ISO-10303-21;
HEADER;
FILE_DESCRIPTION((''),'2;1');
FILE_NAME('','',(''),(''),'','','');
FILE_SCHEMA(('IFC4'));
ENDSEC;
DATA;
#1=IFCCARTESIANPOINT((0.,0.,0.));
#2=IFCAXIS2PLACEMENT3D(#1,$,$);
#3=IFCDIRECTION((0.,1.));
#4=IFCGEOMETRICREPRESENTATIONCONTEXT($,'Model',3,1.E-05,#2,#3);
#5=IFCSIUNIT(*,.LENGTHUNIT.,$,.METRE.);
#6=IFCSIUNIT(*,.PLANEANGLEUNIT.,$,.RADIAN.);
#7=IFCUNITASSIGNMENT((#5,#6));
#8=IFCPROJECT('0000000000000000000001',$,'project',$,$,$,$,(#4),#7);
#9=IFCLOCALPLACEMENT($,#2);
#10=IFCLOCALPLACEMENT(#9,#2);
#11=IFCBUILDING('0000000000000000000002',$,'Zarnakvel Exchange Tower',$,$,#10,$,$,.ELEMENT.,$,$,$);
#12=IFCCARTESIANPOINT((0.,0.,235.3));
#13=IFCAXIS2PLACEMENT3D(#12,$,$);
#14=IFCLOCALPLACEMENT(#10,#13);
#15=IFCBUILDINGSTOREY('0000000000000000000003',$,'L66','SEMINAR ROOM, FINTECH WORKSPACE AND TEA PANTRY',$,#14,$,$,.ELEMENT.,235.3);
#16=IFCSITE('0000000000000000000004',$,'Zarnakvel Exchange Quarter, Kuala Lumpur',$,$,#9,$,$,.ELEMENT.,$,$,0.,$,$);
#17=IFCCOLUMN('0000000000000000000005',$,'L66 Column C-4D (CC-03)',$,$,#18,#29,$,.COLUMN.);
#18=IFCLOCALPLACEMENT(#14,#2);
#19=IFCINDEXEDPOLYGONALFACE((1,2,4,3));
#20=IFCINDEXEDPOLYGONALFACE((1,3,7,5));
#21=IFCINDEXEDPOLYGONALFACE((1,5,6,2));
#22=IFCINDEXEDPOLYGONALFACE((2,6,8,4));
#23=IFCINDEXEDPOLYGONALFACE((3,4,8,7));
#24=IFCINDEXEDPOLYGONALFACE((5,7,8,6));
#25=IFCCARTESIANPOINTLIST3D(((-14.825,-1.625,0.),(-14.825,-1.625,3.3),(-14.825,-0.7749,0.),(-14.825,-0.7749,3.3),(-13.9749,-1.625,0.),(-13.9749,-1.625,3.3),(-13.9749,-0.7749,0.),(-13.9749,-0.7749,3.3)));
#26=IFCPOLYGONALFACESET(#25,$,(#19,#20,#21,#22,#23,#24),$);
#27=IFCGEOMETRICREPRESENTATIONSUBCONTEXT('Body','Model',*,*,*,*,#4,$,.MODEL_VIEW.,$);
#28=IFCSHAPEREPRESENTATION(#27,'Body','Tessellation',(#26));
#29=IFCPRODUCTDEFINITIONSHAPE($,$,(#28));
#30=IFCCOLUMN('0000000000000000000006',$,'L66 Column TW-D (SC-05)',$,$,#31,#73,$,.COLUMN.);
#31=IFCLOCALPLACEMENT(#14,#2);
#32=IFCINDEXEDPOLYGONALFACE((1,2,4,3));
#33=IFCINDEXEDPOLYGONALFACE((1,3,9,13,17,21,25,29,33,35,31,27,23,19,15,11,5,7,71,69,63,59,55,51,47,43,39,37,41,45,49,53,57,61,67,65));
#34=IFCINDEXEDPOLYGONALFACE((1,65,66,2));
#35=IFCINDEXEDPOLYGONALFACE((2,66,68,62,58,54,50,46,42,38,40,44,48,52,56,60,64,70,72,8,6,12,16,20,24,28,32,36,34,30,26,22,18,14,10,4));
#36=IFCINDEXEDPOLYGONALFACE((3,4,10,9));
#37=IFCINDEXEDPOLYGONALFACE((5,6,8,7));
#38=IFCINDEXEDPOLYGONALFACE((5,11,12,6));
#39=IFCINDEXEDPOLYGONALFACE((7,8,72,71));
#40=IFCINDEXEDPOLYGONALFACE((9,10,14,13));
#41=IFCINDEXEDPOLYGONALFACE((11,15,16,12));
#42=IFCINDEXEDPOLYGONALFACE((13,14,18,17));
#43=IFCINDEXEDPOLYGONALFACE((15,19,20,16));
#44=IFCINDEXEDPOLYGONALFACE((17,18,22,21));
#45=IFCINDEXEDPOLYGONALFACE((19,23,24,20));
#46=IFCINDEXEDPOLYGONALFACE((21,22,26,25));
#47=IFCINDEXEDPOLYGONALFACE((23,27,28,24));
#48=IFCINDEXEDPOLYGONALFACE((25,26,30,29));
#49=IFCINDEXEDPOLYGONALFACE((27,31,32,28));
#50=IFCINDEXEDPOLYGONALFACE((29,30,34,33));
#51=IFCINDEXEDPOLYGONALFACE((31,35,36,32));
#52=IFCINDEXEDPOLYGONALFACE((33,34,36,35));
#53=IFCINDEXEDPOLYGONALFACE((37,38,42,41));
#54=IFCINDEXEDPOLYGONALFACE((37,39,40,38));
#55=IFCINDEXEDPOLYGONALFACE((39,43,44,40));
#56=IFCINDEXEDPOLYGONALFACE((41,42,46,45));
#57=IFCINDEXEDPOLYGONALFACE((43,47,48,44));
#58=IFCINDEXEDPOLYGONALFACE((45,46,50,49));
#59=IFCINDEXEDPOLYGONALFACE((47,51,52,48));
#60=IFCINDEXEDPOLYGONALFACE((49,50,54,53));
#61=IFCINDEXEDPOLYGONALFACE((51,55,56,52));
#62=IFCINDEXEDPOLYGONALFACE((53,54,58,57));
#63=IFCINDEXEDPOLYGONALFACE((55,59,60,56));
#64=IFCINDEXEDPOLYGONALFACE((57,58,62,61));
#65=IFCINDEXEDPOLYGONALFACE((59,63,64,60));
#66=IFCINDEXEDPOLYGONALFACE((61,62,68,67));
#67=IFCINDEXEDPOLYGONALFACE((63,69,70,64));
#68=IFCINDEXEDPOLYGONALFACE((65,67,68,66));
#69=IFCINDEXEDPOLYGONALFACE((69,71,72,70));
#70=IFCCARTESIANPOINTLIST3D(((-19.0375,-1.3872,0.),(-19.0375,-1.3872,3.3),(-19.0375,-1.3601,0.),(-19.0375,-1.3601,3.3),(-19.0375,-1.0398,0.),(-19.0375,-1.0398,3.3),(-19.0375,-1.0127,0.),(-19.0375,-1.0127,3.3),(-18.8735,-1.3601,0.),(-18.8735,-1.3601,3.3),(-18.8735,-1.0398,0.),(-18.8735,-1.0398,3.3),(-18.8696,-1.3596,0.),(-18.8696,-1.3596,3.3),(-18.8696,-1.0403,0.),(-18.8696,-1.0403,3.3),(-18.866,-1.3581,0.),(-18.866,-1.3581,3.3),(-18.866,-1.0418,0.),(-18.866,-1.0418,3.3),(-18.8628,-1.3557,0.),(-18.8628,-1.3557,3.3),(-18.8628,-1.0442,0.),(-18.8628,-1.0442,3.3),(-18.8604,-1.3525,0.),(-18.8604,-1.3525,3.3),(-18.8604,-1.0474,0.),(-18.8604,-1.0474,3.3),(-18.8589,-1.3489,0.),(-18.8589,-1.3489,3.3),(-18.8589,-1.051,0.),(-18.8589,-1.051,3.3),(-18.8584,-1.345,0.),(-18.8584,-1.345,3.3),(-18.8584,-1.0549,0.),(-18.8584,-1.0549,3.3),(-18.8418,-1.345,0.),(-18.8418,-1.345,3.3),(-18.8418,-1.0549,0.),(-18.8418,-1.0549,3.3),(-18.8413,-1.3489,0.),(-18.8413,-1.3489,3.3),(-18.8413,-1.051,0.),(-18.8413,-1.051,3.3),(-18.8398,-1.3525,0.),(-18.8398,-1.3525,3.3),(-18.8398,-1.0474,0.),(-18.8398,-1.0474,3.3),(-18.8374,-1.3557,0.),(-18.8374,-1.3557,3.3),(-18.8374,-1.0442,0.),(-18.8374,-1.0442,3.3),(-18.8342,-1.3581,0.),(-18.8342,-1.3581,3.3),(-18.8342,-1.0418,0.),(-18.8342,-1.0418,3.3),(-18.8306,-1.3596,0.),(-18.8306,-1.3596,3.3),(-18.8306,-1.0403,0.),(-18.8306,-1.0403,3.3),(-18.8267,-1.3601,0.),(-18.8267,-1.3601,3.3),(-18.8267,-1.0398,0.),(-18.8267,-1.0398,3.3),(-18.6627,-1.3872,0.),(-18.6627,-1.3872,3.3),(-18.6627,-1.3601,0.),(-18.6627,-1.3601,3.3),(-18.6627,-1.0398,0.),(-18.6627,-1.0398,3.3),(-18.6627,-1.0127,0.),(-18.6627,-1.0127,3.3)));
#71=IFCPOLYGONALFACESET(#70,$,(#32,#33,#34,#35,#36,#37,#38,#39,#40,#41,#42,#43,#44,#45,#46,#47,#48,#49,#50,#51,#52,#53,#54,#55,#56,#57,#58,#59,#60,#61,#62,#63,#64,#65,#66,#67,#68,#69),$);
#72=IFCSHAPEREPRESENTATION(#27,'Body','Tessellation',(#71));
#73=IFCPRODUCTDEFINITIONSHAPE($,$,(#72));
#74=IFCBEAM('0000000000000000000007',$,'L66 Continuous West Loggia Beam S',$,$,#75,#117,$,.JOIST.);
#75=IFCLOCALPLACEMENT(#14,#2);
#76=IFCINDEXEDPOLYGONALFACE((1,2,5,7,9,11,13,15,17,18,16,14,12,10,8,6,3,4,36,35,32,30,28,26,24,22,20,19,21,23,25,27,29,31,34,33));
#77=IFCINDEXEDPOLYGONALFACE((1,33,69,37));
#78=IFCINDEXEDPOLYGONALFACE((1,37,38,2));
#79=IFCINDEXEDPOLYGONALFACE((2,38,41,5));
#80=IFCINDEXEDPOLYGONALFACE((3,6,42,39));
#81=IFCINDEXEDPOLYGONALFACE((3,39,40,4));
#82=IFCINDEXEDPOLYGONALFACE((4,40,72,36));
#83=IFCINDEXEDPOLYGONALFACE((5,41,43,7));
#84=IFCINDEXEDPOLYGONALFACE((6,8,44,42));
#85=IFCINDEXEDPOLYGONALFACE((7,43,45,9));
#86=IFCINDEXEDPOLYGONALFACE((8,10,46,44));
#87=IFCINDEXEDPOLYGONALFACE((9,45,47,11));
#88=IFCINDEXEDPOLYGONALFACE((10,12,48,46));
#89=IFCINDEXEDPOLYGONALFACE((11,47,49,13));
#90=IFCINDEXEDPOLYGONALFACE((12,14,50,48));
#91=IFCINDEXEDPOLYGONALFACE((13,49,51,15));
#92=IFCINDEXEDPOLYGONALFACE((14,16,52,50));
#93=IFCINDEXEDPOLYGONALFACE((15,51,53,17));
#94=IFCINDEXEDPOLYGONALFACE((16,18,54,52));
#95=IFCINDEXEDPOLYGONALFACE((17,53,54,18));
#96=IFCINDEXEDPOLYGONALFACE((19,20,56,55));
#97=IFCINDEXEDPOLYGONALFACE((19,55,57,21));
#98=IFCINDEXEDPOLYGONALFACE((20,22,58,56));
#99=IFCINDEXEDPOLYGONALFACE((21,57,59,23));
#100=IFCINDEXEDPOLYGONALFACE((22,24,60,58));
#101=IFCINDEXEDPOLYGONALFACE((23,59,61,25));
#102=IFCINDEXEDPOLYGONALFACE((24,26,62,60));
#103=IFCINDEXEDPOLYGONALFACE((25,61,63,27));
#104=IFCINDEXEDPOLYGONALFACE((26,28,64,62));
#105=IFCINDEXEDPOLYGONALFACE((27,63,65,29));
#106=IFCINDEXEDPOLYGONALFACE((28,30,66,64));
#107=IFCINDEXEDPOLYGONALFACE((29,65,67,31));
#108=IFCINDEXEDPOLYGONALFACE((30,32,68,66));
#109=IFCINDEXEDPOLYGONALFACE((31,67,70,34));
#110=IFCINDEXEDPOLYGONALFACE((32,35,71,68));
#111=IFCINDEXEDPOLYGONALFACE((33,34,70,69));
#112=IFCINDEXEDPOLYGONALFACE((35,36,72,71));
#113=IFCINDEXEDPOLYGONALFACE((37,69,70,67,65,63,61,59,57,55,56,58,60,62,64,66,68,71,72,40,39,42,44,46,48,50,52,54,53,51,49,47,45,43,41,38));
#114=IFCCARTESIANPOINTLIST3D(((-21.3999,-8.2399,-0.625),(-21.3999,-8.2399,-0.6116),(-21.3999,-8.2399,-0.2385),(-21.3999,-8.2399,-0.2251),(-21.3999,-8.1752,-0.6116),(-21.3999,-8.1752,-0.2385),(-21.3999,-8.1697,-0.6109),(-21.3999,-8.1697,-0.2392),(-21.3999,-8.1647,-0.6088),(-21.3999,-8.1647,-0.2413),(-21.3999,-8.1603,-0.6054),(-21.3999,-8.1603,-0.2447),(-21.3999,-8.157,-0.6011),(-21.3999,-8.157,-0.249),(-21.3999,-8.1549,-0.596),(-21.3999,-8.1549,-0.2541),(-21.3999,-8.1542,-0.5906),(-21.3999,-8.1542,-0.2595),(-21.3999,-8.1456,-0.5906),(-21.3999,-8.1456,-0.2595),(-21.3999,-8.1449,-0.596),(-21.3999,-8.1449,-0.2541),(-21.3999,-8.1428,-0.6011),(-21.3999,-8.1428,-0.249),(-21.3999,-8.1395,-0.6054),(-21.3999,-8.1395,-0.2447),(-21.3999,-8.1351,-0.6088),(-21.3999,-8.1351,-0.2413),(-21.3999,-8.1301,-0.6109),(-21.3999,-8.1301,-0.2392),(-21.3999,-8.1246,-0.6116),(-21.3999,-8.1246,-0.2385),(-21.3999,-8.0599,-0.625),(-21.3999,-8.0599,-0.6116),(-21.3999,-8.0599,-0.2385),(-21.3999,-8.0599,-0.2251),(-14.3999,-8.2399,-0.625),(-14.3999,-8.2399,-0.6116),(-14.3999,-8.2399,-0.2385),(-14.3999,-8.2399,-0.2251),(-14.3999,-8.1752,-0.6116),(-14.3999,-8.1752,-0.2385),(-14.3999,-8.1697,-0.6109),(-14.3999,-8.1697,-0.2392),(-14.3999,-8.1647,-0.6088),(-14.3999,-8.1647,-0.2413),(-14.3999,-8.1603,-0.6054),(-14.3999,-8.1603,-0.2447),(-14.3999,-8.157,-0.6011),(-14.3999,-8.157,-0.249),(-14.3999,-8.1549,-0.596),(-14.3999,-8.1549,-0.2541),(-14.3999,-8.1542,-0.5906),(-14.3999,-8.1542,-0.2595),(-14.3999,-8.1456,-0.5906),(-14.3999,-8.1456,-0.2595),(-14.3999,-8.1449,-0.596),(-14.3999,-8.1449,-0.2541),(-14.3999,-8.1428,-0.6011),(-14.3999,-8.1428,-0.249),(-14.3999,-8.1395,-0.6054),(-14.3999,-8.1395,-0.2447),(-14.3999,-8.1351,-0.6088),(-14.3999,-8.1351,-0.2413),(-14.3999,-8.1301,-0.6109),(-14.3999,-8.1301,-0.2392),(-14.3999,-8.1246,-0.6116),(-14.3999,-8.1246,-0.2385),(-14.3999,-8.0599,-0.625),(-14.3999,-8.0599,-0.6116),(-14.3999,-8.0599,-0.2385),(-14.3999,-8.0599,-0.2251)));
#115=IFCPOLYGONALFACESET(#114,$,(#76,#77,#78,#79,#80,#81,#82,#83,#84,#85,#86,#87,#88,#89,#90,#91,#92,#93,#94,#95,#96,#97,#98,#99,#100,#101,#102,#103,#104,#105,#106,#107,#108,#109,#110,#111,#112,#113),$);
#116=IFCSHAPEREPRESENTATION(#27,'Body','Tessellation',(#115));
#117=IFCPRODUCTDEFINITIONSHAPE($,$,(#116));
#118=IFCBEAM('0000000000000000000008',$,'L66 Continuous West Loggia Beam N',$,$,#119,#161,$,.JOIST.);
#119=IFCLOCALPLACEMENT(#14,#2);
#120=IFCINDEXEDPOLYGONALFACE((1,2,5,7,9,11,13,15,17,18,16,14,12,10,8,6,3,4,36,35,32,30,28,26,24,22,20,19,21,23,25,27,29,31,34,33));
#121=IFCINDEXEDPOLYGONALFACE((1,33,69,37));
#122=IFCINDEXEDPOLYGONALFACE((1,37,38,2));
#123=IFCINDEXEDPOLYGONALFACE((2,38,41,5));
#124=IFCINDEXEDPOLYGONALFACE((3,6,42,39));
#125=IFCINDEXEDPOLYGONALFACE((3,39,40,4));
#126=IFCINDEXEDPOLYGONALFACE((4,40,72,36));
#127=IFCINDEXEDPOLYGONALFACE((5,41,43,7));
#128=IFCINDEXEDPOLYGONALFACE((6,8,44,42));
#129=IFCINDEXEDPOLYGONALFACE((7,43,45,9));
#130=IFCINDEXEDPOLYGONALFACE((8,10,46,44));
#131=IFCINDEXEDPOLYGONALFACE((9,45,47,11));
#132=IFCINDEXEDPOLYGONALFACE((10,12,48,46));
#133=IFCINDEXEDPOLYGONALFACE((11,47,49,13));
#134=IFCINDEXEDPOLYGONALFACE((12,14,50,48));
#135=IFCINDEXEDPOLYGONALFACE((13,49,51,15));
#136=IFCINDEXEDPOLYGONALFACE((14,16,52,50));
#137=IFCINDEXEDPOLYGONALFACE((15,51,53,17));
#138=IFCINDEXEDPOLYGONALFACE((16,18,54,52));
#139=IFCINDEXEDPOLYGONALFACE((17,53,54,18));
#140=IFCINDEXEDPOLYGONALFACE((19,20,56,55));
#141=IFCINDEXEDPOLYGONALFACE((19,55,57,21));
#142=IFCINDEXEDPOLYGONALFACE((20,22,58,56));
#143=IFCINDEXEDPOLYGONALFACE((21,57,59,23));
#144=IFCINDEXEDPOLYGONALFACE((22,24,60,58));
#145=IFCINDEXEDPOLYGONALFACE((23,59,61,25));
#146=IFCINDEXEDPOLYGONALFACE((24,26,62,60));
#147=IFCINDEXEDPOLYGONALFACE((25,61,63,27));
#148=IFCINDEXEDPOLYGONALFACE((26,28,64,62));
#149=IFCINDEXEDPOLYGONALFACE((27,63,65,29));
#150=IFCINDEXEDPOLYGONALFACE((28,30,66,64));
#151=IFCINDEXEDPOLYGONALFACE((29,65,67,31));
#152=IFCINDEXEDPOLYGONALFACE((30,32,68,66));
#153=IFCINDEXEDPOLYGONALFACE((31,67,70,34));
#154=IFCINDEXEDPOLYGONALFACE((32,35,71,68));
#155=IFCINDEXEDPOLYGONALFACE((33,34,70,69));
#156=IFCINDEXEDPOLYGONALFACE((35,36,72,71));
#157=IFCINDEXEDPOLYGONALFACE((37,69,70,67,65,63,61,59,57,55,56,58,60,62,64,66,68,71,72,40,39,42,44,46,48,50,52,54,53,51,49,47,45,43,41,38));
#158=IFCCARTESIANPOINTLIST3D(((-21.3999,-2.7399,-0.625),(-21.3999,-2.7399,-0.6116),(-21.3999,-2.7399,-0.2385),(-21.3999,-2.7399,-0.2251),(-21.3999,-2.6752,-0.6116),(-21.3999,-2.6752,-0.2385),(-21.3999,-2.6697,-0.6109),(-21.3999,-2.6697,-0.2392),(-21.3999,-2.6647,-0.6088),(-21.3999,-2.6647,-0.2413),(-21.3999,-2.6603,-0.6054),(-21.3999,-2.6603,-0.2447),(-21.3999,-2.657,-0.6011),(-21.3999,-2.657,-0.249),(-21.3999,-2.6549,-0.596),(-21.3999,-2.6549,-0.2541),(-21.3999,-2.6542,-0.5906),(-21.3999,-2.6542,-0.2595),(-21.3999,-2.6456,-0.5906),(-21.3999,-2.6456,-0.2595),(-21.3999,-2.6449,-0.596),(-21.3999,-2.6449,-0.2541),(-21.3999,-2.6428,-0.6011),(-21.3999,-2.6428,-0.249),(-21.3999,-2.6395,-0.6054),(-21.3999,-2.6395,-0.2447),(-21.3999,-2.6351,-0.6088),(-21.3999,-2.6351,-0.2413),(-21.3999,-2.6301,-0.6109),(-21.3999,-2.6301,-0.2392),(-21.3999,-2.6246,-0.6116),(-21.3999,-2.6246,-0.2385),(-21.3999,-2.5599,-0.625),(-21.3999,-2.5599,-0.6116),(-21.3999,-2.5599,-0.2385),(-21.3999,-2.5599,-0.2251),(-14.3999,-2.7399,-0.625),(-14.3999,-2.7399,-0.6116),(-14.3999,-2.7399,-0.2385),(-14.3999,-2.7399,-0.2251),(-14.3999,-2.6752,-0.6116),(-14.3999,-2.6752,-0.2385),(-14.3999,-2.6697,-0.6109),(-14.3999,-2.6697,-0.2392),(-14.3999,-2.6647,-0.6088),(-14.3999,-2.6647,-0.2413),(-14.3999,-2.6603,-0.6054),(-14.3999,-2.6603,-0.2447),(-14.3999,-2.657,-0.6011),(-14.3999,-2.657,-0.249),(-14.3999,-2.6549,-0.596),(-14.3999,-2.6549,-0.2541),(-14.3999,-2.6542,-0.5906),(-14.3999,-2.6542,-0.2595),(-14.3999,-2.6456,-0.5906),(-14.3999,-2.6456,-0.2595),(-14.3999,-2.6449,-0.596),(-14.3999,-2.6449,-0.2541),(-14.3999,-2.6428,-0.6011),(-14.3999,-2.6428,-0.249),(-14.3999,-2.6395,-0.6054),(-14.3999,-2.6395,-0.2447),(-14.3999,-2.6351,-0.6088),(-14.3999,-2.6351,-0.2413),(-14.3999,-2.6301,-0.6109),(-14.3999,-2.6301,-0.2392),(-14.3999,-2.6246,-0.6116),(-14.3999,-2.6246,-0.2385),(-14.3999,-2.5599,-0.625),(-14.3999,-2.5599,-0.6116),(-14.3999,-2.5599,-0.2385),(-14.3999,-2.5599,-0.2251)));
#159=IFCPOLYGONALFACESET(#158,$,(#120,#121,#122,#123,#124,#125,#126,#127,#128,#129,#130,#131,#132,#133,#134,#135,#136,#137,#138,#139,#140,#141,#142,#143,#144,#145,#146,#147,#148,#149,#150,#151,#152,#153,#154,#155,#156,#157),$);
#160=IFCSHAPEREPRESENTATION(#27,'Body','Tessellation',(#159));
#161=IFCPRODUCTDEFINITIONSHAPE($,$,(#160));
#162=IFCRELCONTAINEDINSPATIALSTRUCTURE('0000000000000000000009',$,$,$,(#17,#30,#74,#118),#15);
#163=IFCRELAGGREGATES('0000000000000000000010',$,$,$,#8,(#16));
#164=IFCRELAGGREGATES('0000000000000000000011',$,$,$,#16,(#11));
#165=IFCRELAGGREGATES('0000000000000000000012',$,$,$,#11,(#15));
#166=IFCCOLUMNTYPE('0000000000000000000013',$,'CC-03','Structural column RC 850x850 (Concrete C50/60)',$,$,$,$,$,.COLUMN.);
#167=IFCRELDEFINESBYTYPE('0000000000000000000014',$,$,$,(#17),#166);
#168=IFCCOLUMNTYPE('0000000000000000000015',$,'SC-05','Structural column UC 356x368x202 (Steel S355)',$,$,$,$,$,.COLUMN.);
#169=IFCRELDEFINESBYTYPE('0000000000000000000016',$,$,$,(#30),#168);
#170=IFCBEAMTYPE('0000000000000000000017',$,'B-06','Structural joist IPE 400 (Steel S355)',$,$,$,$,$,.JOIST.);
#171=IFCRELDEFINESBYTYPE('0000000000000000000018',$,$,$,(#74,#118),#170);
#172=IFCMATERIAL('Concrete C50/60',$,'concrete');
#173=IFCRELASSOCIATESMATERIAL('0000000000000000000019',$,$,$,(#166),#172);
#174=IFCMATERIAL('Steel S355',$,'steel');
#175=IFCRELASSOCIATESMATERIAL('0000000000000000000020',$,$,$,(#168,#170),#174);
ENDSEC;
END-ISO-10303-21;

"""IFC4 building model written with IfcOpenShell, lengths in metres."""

from ifc_helpers import new_model, si_unit, direction, frame, origin, origin_2d, place, context, subcontext, project, spatial, rectangle, i_section, extrude, material, material_profile, profile_set, type_object, element, save


model = new_model("IFC4")

# Units and contexts
model_context = context("Model", 3, precision=1e-05, world=origin(), true_north=direction((0.0, 1.0)))
body_context = subcontext(model_context, "Body", "Model", "MODEL_VIEW")
ifc_project = project(units=[si_unit("LENGTHUNIT", "METRE"), si_unit("PLANEANGLEUNIT", "RADIAN")], contexts=[model_context])

# Site, building, storey
site_placement = place(None, origin())
site = spatial("IfcSite", under=ifc_project, at=site_placement, Name="Zarnakvel Exchange Quarter, Kuala Lumpur", CompositionType="ELEMENT", RefElevation=0.0)
building_placement = place(site_placement, origin())
building = spatial("IfcBuilding", under=site, at=building_placement, Name="Zarnakvel Exchange Tower", CompositionType="ELEMENT")
storey_placement = place(building_placement, frame((0.0, 0.0, 235.3)))
storey = spatial("IfcBuildingStorey", under=building, at=storey_placement, Name="L66", Description="SEMINAR ROOM, FINTECH WORKSPACE AND TEA PANTRY", CompositionType="ELEMENT", Elevation=235.3)

# Columns
ifc_material_1 = material(Name="Concrete C50/60", Category="concrete")
ifc_material_profile_1 = material_profile(ifc_material_1, rectangle(XDim=0.8501, YDim=0.8501, at=origin_2d()))
ifc_profile_set_1 = profile_set([ifc_material_profile_1], Name="Concrete C50/60")
column_type_1 = type_object("IfcColumnType", Name="CC-03", Description="Structural column RC 850x850 (Concrete C50/60)", PredefinedType="COLUMN", material=ifc_profile_set_1)
column_1_placement = place(storey_placement, frame((-14.3999, -1.2, 0.0), z_axis=(0.0, 0.0, 1.0), x_axis=(1.0, 0.0, 0.0)))
element("IfcColumn", 1, at=column_1_placement, inside=storey, type_object=column_type_1, Name="L66 Column C-4D (CC-03)", PredefinedType="COLUMN", context=body_context, shape_type="SweptSolid", body=[
    extrude(rectangle(XDim=0.8501, YDim=0.8501, at=origin_2d()), origin(), (0.0, 0.0, 1.0), 3.3),
])
ifc_material_2 = material(Name="Steel S355", Category="steel")
ifc_material_profile_2 = material_profile(ifc_material_2, i_section(OverallWidth=0.3748, OverallDepth=0.3745, WebThickness=0.0166, FlangeThickness=0.0271, FilletRadius=0.0151, at=origin_2d()))
ifc_profile_set_2 = profile_set([ifc_material_profile_2], Name="Steel S355")
column_type_2 = type_object("IfcColumnType", Name="SC-05", Description="Structural column UC 356x368x202 (Steel S355)", PredefinedType="COLUMN", material=ifc_profile_set_2)
column_2_placement = place(storey_placement, frame((-18.8501, -1.2, 0.0), z_axis=(0.0, 0.0, 1.0), x_axis=(1.0, 0.0, 0.0)))
element("IfcColumn", 2, at=column_2_placement, inside=storey, type_object=column_type_2, Name="L66 Column TW-D (SC-05)", PredefinedType="COLUMN", context=body_context, shape_type="SweptSolid", body=[
    extrude(i_section(OverallWidth=0.3748, OverallDepth=0.3745, WebThickness=0.0166, FlangeThickness=0.0271, FilletRadius=0.0151, at=origin_2d()), origin(), (0.0, 0.0, 1.0), 3.3),
])

# Beams
ifc_material_profile_3 = material_profile(ifc_material_2, i_section(OverallWidth=0.1799, OverallDepth=0.3999, WebThickness=0.0085, FlangeThickness=0.0134, FilletRadius=0.021, at=origin_2d()))
ifc_profile_set_3 = profile_set([ifc_material_profile_3], Name="Steel S355")
beam_type_1 = type_object("IfcBeamType", Name="B-06", Description="Structural joist IPE 400 (Steel S355)", PredefinedType="JOIST", material=ifc_profile_set_3)
for number, where, z_axis, x_axis, name in (
    (3, (-14.3999, -8.1499, -0.425), (-1.0, 0.0, 0.0), (0.0, -1.0, 0.0), "L66 Continuous West Loggia Beam S"),
    (4, (-14.3999, -2.6499, -0.425), (-1.0, 0.0, 0.0), (0.0, -1.0, 0.0), "L66 Continuous West Loggia Beam N"),
):
    element("IfcBeam", number, at=place(storey_placement, frame(where, z_axis=z_axis, x_axis=x_axis)), inside=storey, type_object=beam_type_1, Name=name, PredefinedType="JOIST", context=body_context, shape_type="SweptSolid", body=[
        extrude(i_section(OverallWidth=0.1799, OverallDepth=0.3999, WebThickness=0.0085, FlangeThickness=0.0134, FilletRadius=0.021, at=origin_2d()), origin(), (0.0, 0.0, 1.0), 7.0),
    ])

save(model, "model.ifc")
